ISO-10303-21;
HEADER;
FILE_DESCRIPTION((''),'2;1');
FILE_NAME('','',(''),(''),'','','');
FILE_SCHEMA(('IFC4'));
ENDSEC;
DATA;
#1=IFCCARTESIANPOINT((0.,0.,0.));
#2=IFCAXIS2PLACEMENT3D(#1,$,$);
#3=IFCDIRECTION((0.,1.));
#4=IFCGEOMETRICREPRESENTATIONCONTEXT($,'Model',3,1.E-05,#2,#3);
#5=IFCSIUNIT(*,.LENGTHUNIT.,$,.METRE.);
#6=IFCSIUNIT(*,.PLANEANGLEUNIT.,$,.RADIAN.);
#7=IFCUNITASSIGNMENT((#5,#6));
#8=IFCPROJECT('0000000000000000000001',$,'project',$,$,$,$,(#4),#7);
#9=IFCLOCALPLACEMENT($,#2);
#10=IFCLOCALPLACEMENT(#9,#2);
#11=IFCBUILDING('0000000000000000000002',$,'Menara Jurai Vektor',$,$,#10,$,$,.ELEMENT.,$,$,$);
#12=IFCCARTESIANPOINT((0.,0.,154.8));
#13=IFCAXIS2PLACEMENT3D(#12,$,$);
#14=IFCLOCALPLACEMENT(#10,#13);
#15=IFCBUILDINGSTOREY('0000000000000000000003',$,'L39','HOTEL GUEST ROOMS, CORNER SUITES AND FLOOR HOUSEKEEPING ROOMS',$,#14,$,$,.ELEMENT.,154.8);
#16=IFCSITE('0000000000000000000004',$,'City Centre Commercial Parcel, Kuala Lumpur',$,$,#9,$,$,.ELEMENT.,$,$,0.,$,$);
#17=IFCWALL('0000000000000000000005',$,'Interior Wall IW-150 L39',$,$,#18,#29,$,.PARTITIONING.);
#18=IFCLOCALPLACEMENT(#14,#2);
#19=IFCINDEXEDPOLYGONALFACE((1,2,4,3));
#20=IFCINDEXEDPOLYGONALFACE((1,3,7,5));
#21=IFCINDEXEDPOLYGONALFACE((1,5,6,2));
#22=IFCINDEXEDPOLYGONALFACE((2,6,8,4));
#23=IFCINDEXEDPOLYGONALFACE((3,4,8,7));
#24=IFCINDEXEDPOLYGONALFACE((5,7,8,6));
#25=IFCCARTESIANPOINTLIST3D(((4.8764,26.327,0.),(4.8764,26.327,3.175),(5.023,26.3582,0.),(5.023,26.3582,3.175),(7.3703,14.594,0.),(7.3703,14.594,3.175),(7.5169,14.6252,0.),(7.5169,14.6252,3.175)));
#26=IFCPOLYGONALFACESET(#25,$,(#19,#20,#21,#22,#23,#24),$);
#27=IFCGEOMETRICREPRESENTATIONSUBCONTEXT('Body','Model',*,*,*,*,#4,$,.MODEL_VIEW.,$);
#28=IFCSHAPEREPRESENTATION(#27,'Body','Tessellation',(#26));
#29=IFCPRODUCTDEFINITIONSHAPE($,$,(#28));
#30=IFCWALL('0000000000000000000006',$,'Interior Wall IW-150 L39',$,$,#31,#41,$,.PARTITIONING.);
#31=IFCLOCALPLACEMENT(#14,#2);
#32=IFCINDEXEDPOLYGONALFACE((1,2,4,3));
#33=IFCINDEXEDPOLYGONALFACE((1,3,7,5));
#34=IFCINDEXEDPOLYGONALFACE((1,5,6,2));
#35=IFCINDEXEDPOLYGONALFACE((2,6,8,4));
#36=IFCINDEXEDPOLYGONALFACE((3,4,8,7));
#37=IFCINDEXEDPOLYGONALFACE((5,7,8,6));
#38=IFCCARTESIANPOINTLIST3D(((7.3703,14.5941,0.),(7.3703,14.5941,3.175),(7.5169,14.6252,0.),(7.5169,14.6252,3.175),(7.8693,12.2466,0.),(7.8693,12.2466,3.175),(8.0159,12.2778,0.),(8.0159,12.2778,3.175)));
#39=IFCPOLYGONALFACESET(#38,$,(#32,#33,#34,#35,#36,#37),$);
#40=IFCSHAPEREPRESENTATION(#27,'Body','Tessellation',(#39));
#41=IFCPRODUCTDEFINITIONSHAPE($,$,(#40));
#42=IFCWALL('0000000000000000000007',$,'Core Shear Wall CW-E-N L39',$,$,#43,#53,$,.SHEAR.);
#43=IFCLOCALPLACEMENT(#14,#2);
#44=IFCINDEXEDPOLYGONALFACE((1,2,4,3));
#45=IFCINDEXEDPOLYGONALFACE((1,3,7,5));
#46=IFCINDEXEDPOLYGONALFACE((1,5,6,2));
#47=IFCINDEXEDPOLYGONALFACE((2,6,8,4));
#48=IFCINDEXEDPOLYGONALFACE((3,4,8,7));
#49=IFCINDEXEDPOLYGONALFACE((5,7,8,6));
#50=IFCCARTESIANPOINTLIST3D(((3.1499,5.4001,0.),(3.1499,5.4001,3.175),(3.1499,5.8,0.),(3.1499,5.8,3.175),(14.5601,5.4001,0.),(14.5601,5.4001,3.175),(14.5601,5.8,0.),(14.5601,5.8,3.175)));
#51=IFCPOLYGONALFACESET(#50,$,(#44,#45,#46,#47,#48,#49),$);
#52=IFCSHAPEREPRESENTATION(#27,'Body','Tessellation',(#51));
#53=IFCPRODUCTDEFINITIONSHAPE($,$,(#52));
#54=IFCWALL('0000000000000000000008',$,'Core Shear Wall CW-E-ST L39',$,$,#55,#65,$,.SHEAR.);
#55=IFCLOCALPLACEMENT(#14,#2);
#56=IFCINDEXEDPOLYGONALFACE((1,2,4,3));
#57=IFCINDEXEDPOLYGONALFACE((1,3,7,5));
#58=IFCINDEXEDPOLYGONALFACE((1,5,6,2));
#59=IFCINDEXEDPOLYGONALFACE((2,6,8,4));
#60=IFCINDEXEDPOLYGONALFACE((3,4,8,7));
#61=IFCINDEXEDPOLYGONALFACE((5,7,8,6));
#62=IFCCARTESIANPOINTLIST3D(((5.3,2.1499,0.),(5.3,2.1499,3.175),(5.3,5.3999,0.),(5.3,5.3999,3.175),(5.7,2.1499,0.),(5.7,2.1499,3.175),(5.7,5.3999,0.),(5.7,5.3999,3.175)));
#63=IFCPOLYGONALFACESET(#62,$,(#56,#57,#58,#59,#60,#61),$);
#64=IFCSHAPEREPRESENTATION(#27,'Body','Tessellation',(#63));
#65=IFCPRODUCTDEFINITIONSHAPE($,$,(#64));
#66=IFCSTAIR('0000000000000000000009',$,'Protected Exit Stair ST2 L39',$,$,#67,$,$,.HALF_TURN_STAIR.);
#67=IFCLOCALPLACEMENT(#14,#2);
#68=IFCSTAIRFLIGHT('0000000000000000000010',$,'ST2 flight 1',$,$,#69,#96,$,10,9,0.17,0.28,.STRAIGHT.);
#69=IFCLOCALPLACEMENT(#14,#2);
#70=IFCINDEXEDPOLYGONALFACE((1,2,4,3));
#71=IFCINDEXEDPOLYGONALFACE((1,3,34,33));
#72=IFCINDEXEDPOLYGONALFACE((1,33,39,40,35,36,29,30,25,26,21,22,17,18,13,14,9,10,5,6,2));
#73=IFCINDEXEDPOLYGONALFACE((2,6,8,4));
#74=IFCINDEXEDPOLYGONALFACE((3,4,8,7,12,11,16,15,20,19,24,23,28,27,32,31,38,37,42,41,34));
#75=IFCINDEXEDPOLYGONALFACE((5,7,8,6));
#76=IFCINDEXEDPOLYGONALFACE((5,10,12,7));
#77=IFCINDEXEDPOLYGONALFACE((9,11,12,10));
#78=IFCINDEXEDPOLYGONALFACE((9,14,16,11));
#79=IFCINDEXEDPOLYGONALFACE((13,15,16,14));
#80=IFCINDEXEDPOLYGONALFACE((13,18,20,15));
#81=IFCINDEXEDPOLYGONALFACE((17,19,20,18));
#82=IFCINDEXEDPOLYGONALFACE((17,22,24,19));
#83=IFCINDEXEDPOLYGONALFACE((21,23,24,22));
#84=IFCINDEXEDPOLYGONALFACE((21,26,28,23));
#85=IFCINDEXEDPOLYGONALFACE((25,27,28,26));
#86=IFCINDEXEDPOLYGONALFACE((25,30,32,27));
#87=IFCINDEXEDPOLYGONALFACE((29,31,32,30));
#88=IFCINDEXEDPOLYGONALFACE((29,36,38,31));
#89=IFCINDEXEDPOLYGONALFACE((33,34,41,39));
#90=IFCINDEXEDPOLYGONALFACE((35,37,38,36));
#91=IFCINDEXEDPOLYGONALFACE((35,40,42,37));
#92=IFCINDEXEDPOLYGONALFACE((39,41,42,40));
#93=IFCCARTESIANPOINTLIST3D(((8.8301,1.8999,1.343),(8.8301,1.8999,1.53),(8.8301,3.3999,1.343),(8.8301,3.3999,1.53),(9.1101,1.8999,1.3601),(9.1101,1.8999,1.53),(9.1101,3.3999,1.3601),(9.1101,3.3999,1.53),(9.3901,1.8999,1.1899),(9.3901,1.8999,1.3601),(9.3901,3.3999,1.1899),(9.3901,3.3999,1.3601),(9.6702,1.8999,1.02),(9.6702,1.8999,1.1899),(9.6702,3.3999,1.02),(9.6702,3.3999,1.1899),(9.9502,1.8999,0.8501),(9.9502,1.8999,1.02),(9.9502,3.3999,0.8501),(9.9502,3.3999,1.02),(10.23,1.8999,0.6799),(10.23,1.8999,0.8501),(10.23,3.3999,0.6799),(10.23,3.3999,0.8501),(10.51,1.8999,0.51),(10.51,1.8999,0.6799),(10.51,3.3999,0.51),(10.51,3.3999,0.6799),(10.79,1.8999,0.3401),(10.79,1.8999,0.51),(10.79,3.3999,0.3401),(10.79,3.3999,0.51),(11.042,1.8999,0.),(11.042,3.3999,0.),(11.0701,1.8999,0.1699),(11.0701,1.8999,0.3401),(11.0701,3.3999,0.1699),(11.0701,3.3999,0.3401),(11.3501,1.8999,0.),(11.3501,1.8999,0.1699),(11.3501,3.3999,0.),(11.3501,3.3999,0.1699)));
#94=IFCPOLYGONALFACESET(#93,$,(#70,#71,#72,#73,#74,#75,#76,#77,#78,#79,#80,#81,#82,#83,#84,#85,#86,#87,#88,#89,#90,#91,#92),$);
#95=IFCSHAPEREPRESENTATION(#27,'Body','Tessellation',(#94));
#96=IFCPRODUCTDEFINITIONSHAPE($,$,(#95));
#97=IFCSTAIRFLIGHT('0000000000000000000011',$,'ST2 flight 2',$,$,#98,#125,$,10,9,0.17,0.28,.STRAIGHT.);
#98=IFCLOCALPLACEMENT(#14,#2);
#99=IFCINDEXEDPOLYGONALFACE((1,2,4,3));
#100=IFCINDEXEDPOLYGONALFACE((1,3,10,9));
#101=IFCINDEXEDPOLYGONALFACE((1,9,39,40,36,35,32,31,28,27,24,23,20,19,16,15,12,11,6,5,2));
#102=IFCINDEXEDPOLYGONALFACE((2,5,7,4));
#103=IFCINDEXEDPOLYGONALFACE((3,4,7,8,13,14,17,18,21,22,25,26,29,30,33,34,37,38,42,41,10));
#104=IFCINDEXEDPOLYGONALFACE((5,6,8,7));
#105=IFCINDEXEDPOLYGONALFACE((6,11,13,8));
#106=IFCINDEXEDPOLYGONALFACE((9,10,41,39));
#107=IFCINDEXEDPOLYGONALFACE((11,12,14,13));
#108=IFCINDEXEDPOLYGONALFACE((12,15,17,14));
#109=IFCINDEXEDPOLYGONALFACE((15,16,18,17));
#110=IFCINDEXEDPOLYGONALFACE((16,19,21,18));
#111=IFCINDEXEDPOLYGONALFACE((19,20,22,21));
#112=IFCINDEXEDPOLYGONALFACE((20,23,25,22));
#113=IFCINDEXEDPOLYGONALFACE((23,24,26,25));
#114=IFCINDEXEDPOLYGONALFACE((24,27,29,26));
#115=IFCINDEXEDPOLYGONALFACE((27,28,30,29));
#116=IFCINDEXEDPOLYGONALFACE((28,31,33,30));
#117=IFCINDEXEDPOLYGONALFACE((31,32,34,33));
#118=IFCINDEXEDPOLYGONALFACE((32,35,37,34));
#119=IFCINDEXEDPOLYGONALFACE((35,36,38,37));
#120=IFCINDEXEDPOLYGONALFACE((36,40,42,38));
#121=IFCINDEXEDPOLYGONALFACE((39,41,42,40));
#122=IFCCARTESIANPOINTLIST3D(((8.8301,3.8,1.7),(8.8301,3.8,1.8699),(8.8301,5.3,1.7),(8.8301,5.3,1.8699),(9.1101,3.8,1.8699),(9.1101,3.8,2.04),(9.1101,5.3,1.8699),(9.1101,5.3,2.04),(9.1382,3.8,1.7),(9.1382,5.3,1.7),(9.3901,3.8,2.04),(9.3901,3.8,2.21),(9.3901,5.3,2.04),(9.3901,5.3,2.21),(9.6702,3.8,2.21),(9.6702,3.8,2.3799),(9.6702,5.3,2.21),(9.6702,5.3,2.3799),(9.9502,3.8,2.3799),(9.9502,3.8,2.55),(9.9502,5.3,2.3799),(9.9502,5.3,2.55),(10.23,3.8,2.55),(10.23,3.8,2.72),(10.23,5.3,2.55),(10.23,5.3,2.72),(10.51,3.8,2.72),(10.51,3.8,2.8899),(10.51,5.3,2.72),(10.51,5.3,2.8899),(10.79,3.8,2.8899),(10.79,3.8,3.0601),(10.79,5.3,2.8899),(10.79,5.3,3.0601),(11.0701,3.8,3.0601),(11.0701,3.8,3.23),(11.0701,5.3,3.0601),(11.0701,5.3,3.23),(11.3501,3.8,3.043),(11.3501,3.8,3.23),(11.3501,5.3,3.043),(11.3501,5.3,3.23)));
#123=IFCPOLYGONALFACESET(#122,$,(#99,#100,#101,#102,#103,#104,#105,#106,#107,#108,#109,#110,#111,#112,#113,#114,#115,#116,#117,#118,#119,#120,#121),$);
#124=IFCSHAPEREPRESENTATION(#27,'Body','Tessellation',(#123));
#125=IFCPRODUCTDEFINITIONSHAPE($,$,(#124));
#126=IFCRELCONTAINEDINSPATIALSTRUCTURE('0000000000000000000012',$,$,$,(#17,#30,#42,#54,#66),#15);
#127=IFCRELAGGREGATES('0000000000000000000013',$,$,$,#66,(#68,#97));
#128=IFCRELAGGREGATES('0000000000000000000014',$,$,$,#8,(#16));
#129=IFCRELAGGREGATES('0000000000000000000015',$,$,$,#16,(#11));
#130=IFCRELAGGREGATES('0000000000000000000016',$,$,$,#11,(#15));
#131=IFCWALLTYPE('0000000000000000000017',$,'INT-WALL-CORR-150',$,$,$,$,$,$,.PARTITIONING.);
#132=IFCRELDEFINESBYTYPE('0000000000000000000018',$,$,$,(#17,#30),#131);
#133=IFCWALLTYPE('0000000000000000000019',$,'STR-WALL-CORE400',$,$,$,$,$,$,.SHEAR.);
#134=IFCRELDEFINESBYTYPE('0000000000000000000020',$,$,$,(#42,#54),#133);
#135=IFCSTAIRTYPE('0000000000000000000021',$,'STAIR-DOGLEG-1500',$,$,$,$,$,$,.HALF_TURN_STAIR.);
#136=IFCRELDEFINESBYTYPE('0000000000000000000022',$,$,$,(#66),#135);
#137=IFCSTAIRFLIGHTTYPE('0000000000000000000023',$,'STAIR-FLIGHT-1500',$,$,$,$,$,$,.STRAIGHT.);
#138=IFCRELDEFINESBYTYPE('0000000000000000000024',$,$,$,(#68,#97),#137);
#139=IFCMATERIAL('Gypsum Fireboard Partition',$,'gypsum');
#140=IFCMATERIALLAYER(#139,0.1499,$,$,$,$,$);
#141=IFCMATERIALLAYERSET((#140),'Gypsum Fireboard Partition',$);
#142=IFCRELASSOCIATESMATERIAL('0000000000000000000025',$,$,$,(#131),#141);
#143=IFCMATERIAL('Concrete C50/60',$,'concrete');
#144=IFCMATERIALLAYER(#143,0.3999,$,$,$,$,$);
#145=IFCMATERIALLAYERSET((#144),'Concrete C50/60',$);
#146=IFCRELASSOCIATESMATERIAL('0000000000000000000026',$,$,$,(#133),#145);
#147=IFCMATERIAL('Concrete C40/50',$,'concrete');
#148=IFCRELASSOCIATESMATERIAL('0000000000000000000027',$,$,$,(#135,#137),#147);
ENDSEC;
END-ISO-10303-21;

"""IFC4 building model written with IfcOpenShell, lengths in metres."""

from ifc_helpers import new_model, si_unit, direction, frame, frame_2d, origin, place, context, subcontext, project, spatial, polyline, rectangle, outline, extrude, material, layer, layer_set, type_object, element, aggregate, save


model = new_model("IFC4")

# Units and contexts
model_context = context("Model", 3, precision=1e-05, world=origin(), true_north=direction((0.0, 1.0)))
body_context = subcontext(model_context, "Body", "Model", "MODEL_VIEW")
ifc_project = project(units=[si_unit("LENGTHUNIT", "METRE"), si_unit("PLANEANGLEUNIT", "RADIAN")], contexts=[model_context])

# Site, building, storey
site_placement = place(None, origin())
site = spatial("IfcSite", under=ifc_project, at=site_placement, Name="City Centre Commercial Parcel, Kuala Lumpur", CompositionType="ELEMENT", RefElevation=0.0)
building_placement = place(site_placement, origin())
building = spatial("IfcBuilding", under=site, at=building_placement, Name="Menara Jurai Vektor", CompositionType="ELEMENT")
storey_placement = place(building_placement, frame((0.0, 0.0, 154.8)))
storey = spatial("IfcBuildingStorey", under=building, at=storey_placement, Name="L39", Description="HOTEL GUEST ROOMS, CORNER SUITES AND FLOOR HOUSEKEEPING ROOMS", CompositionType="ELEMENT", Elevation=154.8)

# Shared definitions
ifc_material_1 = material(Name="Concrete C50/60", Category="concrete")

# Shared definitions
ifc_material_2 = material(Name="Gypsum Fireboard Partition", Category="gypsum")
ifc_layer_1 = layer(ifc_material_2, 0.1499)
ifc_layer_set_1 = layer_set([ifc_layer_1], Name="Gypsum Fireboard Partition")
wall_type_1 = type_object("IfcWallType", Name="INT-WALL-CORR-150", PredefinedType="PARTITIONING", material=ifc_layer_set_1)

# Walls
wall_1_placement = place(storey_placement, frame((7.4436, 14.6096, 0.0), z_axis=(0.0, 0.0, 1.0), x_axis=(-0.207911, 0.978148, 0.0)))
element("IfcWall", 1, at=wall_1_placement, inside=storey, type_object=wall_type_1, Name="Interior Wall IW-150 L39", PredefinedType="PARTITIONING", context=body_context, shape_type="SweptSolid", body=[
    extrude(rectangle(XDim=11.9951, YDim=0.1499, at=frame_2d((5.9976, 0.0))), origin(), (0.0, 0.0, 1.0), 3.175),
])
wall_2_placement = place(storey_placement, frame((7.9426, 12.2622, 0.0), z_axis=(0.0, 0.0, 1.0), x_axis=(-0.207938, 0.978142, 0.0)))
element("IfcWall", 2, at=wall_2_placement, inside=storey, type_object=wall_type_1, Name="Interior Wall IW-150 L39", PredefinedType="PARTITIONING", context=body_context, shape_type="SweptSolid", body=[
    extrude(rectangle(XDim=2.3999, YDim=0.1499, at=frame_2d((1.2, 0.0))), origin(), (0.0, 0.0, 1.0), 3.175),
])

# Walls
ifc_layer_2 = layer(ifc_material_1, 0.3999)
ifc_layer_set_2 = layer_set([ifc_layer_2], Name="Concrete C50/60")
wall_type_2 = type_object("IfcWallType", Name="STR-WALL-CORE400", PredefinedType="SHEAR", material=ifc_layer_set_2)
wall_3_placement = place(storey_placement, frame((3.1499, 5.6001, 0.0), z_axis=(0.0, 0.0, 1.0), x_axis=(1.0, 0.0, 0.0)))
element("IfcWall", 3, at=wall_3_placement, inside=storey, type_object=wall_type_2, Name="Core Shear Wall CW-E-N L39", PredefinedType="SHEAR", context=body_context, shape_type="SweptSolid", body=[
    extrude(rectangle(XDim=11.4102, YDim=0.3999, at=frame_2d((5.7051, 0.0))), origin(), (0.0, 0.0, 1.0), 3.175),
])
wall_4_placement = place(storey_placement, frame((5.5, 2.1499, 0.0), z_axis=(0.0, 0.0, 1.0), x_axis=(0.0, 1.0, 0.0)))
element("IfcWall", 4, at=wall_4_placement, inside=storey, type_object=wall_type_2, Name="Core Shear Wall CW-E-ST L39", PredefinedType="SHEAR", context=body_context, shape_type="SweptSolid", body=[
    extrude(rectangle(XDim=3.25, YDim=0.3999, at=frame_2d((1.625, 0.0))), origin(), (0.0, 0.0, 1.0), 3.175),
])

# Stair, stair flights
ifc_material_3 = material(Name="Concrete C40/50", Category="concrete")
stair_type = type_object("IfcStairType", Name="STAIR-DOGLEG-1500", PredefinedType="HALF_TURN_STAIR", material=ifc_material_3)
stair_placement = place(storey_placement, origin())
stair = element("IfcStair", 5, at=stair_placement, inside=storey, type_object=stair_type, Name="Protected Exit Stair ST2 L39", PredefinedType="HALF_TURN_STAIR")
stair_flight_type = type_object("IfcStairFlightType", Name="STAIR-FLIGHT-1500", PredefinedType="STRAIGHT", material=ifc_material_3)
stair_flight_1_placement = place(storey_placement, frame((11.3501, 2.6499, 0.0), z_axis=(0.0, 0.0, 1.0), x_axis=(-1.0, 0.0, 0.0)))
stair_flight_1 = element("IfcStairFlight", 6, at=stair_flight_1_placement, type_object=stair_flight_type, Name="ST2 flight 1", NumberOfRisers=10, NumberOfTreads=9, PredefinedType="STRAIGHT", RiserHeight=0.17, TreadLength=0.28, context=body_context, shape_type="SweptSolid", body=[
    extrude(outline(polyline([(0.0, 0.0), (0.0, 0.1699), (0.28, 0.1699), (0.28, 0.3401), (0.5601, 0.3401), (0.5601, 0.51), (0.8401, 0.51), (0.8401, 0.6799), (1.1201, 0.6799), (1.1201, 0.8501), (1.3999, 0.8501), (1.3999, 1.02), (1.6799, 1.02), (1.6799, 1.1899), (1.96, 1.1899), (1.96, 1.3601), (2.24, 1.3601), (2.24, 1.53), (2.52, 1.53), (2.52, 1.7), (2.52, 1.343), (0.3081, 0.0), (0.0, 0.0)])), frame((0.0, 0.75, 0.0), z_axis=(0.0, -1.0, 0.0), x_axis=(1.0, 0.0, 0.0)), (0.0, 0.0, 1.0), 1.5),
])
stair_flight_2_placement = place(storey_placement, frame((8.8301, 4.55, 1.7), z_axis=(0.0, 0.0, 1.0), x_axis=(1.0, 0.0, 0.0)))
stair_flight_2 = element("IfcStairFlight", 7, at=stair_flight_2_placement, type_object=stair_flight_type, Name="ST2 flight 2", NumberOfRisers=10, NumberOfTreads=9, PredefinedType="STRAIGHT", RiserHeight=0.17, TreadLength=0.28, context=body_context, shape_type="SweptSolid", body=[
    extrude(outline(polyline([(0.0, 0.0), (0.0, 0.1699), (0.28, 0.1699), (0.28, 0.3401), (0.5601, 0.3401), (0.5601, 0.51), (0.8401, 0.51), (0.8401, 0.6799), (1.1201, 0.6799), (1.1201, 0.8501), (1.3999, 0.8501), (1.3999, 1.02), (1.6799, 1.02), (1.6799, 1.1899), (1.96, 1.1899), (1.96, 1.3601), (2.24, 1.3601), (2.24, 1.53), (2.52, 1.53), (2.52, 1.7), (2.52, 1.343), (0.3081, 0.0), (0.0, 0.0)])), frame((0.0, 0.75, 0.0), z_axis=(0.0, -1.0, 0.0), x_axis=(1.0, 0.0, 0.0)), (0.0, 0.0, 1.0), 1.5),
])
aggregate(stair, [stair_flight_1, stair_flight_2])

save(model, "model.ifc")
